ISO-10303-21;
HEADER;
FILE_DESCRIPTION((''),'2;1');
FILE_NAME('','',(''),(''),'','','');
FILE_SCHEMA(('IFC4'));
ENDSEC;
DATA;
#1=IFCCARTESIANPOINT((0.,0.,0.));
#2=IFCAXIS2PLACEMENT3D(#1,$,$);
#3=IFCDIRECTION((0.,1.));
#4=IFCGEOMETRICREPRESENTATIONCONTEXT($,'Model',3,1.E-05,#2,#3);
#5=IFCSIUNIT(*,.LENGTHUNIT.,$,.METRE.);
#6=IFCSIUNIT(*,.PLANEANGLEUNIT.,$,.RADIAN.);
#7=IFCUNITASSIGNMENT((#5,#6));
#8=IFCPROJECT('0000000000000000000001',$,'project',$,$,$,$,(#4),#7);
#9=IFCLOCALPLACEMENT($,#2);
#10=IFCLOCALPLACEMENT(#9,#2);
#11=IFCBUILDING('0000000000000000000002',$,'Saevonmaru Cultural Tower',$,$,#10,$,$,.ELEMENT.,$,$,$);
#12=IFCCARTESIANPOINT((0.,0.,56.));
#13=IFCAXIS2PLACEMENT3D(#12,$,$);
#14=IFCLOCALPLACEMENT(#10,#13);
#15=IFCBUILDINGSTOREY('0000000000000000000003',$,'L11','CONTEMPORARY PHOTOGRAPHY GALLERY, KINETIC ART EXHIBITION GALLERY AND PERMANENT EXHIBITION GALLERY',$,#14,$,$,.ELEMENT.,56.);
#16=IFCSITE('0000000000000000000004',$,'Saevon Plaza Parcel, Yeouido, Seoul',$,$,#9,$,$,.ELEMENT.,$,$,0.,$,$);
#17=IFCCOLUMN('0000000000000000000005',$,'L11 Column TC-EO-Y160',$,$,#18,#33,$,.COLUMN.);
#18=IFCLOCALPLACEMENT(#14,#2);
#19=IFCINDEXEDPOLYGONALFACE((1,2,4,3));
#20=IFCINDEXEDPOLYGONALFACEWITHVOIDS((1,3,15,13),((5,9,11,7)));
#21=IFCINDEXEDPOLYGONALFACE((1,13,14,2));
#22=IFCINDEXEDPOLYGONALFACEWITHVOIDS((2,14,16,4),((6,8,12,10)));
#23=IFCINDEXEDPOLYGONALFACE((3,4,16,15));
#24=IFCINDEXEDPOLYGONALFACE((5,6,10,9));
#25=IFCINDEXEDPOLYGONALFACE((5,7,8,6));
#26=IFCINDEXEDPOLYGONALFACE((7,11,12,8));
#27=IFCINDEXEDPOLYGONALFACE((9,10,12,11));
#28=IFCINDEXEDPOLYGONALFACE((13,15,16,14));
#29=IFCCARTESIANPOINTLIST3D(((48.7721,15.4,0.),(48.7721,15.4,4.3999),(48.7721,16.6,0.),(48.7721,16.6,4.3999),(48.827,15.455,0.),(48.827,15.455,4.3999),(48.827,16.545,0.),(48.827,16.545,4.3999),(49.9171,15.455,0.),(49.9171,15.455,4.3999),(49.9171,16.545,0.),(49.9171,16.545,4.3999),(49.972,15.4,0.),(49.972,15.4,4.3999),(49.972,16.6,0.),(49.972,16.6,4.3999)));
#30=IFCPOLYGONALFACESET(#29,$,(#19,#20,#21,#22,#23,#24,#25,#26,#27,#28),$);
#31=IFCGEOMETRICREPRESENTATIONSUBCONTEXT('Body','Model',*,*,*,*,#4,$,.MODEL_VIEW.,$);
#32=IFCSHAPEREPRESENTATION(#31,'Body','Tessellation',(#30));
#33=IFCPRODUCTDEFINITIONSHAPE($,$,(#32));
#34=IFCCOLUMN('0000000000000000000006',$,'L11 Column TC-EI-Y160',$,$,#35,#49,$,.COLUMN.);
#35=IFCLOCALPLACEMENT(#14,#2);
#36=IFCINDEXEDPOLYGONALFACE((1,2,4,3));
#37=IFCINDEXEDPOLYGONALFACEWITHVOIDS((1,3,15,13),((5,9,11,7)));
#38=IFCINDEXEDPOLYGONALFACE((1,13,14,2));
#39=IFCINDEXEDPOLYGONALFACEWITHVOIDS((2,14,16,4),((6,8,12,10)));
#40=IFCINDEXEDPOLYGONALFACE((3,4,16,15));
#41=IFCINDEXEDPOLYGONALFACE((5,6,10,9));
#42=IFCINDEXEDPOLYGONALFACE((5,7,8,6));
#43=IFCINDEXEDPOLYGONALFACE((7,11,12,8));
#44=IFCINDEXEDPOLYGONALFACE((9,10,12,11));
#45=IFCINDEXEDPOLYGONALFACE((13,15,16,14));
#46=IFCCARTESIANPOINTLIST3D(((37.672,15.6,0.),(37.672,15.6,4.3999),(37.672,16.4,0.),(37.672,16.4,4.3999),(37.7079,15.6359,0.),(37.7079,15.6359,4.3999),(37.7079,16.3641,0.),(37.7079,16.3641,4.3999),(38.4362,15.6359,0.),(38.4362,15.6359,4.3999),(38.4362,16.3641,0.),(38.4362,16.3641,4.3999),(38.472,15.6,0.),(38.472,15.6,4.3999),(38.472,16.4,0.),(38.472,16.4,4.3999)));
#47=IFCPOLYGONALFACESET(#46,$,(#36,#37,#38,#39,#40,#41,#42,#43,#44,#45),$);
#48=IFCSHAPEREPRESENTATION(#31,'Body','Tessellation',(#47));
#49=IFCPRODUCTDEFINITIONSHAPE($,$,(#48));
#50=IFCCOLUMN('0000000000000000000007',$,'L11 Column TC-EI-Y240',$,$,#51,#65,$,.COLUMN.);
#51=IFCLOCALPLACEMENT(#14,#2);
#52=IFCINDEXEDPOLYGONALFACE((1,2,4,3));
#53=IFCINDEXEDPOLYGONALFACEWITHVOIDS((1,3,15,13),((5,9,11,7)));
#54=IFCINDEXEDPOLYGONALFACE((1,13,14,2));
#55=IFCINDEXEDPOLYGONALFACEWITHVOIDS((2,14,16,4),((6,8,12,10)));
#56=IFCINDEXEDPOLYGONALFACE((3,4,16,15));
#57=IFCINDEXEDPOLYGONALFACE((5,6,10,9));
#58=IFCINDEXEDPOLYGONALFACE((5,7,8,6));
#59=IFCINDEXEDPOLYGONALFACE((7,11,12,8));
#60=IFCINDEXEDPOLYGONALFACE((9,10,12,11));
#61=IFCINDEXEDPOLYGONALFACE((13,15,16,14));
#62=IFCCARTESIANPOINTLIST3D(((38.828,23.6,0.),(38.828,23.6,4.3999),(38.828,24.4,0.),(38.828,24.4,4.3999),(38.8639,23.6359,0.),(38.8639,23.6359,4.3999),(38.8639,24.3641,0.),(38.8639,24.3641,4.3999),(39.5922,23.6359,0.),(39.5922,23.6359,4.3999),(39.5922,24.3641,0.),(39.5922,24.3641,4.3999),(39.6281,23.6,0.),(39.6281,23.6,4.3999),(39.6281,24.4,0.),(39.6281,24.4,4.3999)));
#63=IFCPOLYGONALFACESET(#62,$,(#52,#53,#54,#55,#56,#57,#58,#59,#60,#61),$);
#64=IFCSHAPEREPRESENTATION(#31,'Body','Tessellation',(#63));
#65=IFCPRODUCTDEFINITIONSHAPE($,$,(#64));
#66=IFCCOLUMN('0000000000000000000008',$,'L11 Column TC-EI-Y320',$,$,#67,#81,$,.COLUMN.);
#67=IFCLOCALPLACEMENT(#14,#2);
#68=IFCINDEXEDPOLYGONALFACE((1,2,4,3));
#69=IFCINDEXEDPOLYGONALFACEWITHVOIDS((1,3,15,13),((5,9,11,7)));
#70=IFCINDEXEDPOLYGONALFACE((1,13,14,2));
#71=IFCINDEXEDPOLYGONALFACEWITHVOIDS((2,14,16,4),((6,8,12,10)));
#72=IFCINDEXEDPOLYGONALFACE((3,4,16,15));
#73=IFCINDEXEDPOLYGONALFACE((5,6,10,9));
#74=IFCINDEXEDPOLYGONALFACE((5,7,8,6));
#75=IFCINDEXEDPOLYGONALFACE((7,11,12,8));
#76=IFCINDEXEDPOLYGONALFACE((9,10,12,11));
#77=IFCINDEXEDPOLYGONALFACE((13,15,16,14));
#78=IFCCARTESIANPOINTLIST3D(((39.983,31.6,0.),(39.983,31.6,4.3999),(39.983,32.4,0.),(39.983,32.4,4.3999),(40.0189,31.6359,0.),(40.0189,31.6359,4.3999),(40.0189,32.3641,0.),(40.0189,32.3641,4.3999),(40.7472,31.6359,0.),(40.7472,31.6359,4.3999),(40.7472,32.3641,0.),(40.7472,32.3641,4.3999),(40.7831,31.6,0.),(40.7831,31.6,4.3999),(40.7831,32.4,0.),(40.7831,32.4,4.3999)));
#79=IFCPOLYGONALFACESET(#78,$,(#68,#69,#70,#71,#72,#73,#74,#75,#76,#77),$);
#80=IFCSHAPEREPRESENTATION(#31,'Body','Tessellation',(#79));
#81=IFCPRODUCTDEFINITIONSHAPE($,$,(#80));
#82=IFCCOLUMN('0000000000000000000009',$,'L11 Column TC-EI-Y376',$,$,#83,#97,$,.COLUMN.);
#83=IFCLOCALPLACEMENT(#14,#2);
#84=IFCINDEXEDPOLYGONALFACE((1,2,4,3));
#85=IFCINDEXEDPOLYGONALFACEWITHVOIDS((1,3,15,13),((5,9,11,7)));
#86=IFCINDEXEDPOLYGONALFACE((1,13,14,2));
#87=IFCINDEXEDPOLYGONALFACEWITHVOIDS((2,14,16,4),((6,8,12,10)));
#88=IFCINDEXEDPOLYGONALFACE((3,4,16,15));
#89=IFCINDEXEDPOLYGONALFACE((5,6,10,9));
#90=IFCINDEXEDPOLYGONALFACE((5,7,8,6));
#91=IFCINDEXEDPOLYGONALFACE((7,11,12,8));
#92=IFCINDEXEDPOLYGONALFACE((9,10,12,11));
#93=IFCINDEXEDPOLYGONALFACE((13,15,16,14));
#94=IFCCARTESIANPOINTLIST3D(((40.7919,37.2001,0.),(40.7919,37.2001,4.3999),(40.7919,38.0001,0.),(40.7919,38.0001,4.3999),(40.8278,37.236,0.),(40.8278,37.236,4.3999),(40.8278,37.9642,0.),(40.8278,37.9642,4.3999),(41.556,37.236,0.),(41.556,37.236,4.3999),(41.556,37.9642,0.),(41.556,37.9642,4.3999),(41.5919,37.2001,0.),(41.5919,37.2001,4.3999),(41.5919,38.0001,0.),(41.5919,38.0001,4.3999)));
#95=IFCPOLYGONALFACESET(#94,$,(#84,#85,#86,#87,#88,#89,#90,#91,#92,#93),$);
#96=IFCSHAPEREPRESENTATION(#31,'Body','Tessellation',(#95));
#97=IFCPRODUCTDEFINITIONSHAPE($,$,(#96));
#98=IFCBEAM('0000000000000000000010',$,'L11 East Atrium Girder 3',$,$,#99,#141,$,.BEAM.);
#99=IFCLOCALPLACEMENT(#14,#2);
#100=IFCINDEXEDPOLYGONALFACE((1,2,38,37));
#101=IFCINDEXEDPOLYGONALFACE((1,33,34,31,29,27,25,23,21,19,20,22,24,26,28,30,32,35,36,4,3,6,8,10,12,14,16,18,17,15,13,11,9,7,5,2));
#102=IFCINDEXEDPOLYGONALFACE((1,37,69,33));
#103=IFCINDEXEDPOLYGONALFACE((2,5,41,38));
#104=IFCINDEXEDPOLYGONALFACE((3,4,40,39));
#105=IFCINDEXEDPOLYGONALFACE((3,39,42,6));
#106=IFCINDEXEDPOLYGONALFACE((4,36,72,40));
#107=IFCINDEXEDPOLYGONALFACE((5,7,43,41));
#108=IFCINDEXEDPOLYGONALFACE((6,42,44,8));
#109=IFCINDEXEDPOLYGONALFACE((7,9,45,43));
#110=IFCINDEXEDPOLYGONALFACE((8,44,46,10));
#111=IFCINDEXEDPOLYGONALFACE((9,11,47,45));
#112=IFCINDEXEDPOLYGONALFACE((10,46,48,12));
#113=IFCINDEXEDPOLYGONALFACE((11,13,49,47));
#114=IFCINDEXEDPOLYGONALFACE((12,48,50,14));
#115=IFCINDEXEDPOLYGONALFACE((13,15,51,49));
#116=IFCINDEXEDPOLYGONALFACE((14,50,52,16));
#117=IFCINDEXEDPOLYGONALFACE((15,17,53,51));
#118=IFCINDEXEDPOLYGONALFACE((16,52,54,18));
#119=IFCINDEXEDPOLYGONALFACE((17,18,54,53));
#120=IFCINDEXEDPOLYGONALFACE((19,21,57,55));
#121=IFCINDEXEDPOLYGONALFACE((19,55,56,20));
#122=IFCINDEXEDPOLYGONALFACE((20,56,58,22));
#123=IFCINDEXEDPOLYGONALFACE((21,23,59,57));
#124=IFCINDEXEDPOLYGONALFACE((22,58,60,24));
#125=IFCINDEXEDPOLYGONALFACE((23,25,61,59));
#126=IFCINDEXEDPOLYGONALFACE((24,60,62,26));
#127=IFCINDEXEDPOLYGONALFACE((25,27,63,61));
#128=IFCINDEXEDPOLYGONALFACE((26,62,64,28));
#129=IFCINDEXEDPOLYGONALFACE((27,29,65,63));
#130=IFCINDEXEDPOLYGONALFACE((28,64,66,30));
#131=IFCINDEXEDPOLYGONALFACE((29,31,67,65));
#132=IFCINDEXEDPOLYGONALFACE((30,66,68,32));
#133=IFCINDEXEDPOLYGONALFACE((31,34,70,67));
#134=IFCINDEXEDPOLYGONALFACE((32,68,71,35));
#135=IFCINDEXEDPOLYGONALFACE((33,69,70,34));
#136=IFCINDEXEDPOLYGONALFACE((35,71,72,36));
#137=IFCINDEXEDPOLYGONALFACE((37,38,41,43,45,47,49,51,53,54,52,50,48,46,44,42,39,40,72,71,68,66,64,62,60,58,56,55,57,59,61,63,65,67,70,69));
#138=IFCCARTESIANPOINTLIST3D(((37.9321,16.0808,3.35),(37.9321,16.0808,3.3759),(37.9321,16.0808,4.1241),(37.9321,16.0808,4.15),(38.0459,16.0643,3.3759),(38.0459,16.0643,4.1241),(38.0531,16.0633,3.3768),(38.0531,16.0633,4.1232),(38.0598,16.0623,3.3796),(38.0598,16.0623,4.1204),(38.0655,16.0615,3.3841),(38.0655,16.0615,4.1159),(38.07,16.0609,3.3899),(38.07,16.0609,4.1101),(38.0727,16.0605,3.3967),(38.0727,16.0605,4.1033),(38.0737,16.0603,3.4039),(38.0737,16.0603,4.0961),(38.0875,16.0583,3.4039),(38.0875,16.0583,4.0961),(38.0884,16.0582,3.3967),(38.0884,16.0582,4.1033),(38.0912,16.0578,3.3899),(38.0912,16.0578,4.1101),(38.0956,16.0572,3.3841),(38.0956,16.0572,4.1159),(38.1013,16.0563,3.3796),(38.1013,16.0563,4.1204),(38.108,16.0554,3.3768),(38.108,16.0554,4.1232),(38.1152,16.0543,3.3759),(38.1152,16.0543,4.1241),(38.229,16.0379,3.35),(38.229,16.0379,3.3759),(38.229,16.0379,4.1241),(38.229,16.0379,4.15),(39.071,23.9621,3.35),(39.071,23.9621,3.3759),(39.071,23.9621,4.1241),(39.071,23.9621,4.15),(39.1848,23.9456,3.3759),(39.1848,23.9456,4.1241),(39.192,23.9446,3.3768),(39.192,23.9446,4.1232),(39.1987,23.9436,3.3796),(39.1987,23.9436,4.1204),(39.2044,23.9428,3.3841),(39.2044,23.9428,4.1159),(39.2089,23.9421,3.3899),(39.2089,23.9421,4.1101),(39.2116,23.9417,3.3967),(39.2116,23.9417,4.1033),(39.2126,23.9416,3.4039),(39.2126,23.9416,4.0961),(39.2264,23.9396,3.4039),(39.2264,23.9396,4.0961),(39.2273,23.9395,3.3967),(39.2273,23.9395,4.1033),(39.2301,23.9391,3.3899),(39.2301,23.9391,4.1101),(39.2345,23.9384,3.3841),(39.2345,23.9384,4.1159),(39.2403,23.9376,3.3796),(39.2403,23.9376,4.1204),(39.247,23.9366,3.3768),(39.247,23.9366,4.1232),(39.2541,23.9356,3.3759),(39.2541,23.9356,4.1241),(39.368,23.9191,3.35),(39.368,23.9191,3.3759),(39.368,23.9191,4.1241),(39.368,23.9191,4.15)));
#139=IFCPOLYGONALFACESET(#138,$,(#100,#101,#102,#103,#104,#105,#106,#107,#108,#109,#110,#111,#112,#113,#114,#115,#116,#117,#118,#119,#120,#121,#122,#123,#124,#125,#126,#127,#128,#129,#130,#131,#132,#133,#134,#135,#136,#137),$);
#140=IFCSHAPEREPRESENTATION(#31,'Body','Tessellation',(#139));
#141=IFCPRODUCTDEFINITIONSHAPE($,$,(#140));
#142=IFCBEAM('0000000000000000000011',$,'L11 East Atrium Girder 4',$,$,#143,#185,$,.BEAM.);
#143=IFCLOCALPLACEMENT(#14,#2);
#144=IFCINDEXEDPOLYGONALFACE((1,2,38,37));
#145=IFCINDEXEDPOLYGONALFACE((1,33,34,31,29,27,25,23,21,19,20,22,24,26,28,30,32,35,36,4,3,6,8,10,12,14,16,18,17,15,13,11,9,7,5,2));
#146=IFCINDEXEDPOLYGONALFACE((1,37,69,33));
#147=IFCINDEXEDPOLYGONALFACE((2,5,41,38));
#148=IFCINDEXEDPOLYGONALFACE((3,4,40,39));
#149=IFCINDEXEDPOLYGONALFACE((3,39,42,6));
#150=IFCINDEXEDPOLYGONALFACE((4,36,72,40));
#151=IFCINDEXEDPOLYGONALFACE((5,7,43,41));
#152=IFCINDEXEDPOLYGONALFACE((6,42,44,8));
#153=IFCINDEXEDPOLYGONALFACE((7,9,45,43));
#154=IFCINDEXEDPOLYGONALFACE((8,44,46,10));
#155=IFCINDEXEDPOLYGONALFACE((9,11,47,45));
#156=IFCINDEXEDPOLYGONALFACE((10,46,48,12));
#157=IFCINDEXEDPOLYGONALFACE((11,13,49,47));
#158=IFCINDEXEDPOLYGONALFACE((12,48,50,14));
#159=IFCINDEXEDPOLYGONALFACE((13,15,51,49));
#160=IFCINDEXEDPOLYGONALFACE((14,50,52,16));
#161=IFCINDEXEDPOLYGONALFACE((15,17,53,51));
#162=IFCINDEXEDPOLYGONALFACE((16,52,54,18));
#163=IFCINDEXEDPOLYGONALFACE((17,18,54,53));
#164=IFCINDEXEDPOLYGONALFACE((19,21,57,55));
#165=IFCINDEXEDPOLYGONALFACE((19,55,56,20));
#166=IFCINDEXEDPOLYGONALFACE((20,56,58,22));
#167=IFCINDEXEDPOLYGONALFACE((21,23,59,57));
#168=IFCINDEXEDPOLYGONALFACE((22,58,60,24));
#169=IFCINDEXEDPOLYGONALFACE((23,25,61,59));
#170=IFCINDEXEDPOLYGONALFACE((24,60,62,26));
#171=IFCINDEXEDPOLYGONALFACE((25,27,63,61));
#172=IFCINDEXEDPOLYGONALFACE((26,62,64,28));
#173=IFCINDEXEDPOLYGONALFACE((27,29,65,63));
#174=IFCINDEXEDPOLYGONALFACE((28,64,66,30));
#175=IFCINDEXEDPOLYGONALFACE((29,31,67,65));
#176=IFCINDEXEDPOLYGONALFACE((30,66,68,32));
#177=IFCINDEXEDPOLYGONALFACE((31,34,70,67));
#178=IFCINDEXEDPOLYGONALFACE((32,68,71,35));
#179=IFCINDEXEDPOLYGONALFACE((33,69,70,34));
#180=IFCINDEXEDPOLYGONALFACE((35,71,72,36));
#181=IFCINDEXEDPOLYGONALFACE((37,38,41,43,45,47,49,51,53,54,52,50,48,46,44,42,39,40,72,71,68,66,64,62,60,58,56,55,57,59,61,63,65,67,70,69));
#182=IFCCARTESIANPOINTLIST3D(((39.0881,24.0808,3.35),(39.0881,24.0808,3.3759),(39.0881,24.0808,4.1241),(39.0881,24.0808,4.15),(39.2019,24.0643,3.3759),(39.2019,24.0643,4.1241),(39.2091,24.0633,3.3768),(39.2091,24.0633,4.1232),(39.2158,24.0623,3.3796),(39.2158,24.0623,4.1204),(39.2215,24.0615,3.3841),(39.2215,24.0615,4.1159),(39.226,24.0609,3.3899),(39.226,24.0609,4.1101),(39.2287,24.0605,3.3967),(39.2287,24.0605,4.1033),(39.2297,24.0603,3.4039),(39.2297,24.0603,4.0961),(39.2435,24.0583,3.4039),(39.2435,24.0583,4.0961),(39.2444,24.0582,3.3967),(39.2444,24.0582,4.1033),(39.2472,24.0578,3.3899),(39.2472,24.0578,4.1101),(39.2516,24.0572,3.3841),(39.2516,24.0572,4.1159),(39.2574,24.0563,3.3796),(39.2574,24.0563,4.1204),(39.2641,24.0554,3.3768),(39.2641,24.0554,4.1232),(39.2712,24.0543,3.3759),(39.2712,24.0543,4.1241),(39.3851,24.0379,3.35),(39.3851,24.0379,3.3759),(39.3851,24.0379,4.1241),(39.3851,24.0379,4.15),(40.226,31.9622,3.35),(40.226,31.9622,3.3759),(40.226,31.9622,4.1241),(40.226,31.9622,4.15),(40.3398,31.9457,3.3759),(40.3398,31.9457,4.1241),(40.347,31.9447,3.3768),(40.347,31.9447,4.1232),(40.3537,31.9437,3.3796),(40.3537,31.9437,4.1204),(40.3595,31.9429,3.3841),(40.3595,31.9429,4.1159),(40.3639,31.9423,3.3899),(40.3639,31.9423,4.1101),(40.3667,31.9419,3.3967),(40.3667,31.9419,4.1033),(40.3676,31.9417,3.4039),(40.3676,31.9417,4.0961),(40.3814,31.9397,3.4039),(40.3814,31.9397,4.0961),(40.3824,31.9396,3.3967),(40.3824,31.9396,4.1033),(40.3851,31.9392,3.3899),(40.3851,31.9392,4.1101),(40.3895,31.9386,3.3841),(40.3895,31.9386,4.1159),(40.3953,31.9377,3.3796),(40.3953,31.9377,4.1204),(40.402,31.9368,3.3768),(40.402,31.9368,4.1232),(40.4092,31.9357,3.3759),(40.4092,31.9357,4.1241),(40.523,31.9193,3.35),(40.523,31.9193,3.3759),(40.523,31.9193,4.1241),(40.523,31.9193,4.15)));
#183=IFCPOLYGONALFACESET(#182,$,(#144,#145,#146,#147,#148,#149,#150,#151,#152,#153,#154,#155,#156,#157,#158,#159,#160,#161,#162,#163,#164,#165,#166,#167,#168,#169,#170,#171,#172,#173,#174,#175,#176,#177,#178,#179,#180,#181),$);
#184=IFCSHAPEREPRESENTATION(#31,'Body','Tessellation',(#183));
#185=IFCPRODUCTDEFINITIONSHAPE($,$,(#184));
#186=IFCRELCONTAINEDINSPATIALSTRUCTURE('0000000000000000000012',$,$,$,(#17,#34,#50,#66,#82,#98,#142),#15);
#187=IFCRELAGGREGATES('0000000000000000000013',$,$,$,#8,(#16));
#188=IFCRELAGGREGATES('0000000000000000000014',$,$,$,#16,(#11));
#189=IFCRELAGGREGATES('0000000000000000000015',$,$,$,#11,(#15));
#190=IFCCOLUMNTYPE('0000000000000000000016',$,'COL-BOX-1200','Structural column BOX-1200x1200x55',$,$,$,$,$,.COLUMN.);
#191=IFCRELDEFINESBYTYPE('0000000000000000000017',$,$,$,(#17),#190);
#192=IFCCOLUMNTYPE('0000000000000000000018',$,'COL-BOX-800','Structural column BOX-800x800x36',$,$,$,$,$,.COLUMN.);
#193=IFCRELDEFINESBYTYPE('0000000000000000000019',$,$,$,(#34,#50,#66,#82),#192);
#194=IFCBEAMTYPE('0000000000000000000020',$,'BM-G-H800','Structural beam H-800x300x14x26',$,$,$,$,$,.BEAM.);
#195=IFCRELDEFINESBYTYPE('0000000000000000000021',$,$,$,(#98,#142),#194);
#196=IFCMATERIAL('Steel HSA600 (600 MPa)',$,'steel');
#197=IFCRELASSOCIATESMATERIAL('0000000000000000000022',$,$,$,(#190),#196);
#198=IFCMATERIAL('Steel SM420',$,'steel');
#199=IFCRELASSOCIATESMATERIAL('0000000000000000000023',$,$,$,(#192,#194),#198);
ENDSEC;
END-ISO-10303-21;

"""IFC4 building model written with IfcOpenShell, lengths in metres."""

from ifc_helpers import new_model, si_unit, direction, frame, origin, origin_2d, place, context, subcontext, project, spatial, hollow_rectangle, i_section, extrude, material, material_profile, profile_set, type_object, element, save


model = new_model("IFC4")

# Units and contexts
model_context = context("Model", 3, precision=1e-05, world=origin(), true_north=direction((0.0, 1.0)))
body_context = subcontext(model_context, "Body", "Model", "MODEL_VIEW")
ifc_project = project(units=[si_unit("LENGTHUNIT", "METRE"), si_unit("PLANEANGLEUNIT", "RADIAN")], contexts=[model_context])

# Site, building, storey
site_placement = place(None, origin())
site = spatial("IfcSite", under=ifc_project, at=site_placement, Name="Saevon Plaza Parcel, Yeouido, Seoul", CompositionType="ELEMENT", RefElevation=0.0)
building_placement = place(site_placement, origin())
building = spatial("IfcBuilding", under=site, at=building_placement, Name="Saevonmaru Cultural Tower", CompositionType="ELEMENT")
storey_placement = place(building_placement, frame((0.0, 0.0, 56.0)))
storey = spatial("IfcBuildingStorey", under=building, at=storey_placement, Name="L11", Description="CONTEMPORARY PHOTOGRAPHY GALLERY, KINETIC ART EXHIBITION GALLERY AND PERMANENT EXHIBITION GALLERY", CompositionType="ELEMENT", Elevation=56.0)

# Columns
ifc_material_1 = material(Name="Steel HSA600 (600 MPa)", Category="steel")
ifc_material_profile_1 = material_profile(ifc_material_1, hollow_rectangle(XDim=1.2, YDim=1.2, WallThickness=0.0549, at=origin_2d()), Name="BOX-1200x1200x55")
ifc_profile_set_1 = profile_set([ifc_material_profile_1], Name="Steel HSA600 (600 MPa)")
column_type_1 = type_object("IfcColumnType", Name="COL-BOX-1200", Description="Structural column BOX-1200x1200x55", PredefinedType="COLUMN", material=ifc_profile_set_1)
column_placement = place(storey_placement, frame((49.3721, 16.0, 0.0), z_axis=(0.0, 0.0, 1.0), x_axis=(1.0, 0.0, 0.0)))
element("IfcColumn", 1, at=column_placement, inside=storey, type_object=column_type_1, Name="L11 Column TC-EO-Y160", PredefinedType="COLUMN", context=body_context, shape_type="SweptSolid", body=[
    extrude(hollow_rectangle(XDim=1.2, YDim=1.2, WallThickness=0.0549, at=origin_2d()), origin(), (0.0, 0.0, 1.0), 4.3999),
])
ifc_material_2 = material(Name="Steel SM420", Category="steel")
ifc_material_profile_2 = material_profile(ifc_material_2, hollow_rectangle(XDim=0.8, YDim=0.8, WallThickness=0.0359, at=origin_2d()), Name="BOX-800x800x36")
ifc_profile_set_2 = profile_set([ifc_material_profile_2], Name="Steel SM420")
column_type_2 = type_object("IfcColumnType", Name="COL-BOX-800", Description="Structural column BOX-800x800x36", PredefinedType="COLUMN", material=ifc_profile_set_2)
for number, where, z_axis, x_axis, name in (
    (2, (38.072, 16.0, 0.0), (0.0, 0.0, 1.0), (1.0, 0.0, 0.0), "L11 Column TC-EI-Y160"),
    (3, (39.228, 24.0, 0.0), (0.0, 0.0, 1.0), (1.0, 0.0, 0.0), "L11 Column TC-EI-Y240"),
    (4, (40.3831, 32.0, 0.0), (0.0, 0.0, 1.0), (1.0, 0.0, 0.0), "L11 Column TC-EI-Y320"),
    (5, (41.1919, 37.6001, 0.0), (0.0, 0.0, 1.0), (1.0, 0.0, 0.0), "L11 Column TC-EI-Y376"),
):
    element("IfcColumn", number, at=place(storey_placement, frame(where, z_axis=z_axis, x_axis=x_axis)), inside=storey, type_object=column_type_2, Name=name, PredefinedType="COLUMN", context=body_context, shape_type="SweptSolid", body=[
        extrude(hollow_rectangle(XDim=0.8, YDim=0.8, WallThickness=0.0359, at=origin_2d()), origin(), (0.0, 0.0, 1.0), 4.3999),
    ])

# Beams
ifc_material_profile_3 = material_profile(ifc_material_2, i_section(OverallWidth=0.3, OverallDepth=0.8, WebThickness=0.0139, FlangeThickness=0.0259, FilletRadius=0.0281, at=origin_2d()), Name="H-800x300x14x26")
ifc_profile_set_3 = profile_set([ifc_material_profile_3], Name="Steel SM420")
beam_type_1 = type_object("IfcBeamType", Name="BM-G-H800", Description="Structural beam H-800x300x14x26", PredefinedType="BEAM", material=ifc_profile_set_3)
for number, where, z_axis, x_axis, name in (
    (6, (38.0806, 16.0593, 3.75), (0.143022, 0.989719, 0.0), (-0.989719, 0.143022, 0.0), "L11 East Atrium Girder 3"),
    (7, (39.2366, 24.0593, 3.75), (0.142902, 0.989737, 0.0), (-0.989737, 0.142902, 0.0), "L11 East Atrium Girder 4"),
):
    element("IfcBeam", number, at=place(storey_placement, frame(where, z_axis=z_axis, x_axis=x_axis)), inside=storey, type_object=beam_type_1, Name=name, PredefinedType="BEAM", context=body_context, shape_type="SweptSolid", body=[
        extrude(i_section(OverallWidth=0.3, OverallDepth=0.8, WebThickness=0.0139, FlangeThickness=0.0259, FilletRadius=0.0281, at=origin_2d()), origin(), (0.0, 0.0, 1.0), 7.9631),
    ])

save(model, "model.ifc")
